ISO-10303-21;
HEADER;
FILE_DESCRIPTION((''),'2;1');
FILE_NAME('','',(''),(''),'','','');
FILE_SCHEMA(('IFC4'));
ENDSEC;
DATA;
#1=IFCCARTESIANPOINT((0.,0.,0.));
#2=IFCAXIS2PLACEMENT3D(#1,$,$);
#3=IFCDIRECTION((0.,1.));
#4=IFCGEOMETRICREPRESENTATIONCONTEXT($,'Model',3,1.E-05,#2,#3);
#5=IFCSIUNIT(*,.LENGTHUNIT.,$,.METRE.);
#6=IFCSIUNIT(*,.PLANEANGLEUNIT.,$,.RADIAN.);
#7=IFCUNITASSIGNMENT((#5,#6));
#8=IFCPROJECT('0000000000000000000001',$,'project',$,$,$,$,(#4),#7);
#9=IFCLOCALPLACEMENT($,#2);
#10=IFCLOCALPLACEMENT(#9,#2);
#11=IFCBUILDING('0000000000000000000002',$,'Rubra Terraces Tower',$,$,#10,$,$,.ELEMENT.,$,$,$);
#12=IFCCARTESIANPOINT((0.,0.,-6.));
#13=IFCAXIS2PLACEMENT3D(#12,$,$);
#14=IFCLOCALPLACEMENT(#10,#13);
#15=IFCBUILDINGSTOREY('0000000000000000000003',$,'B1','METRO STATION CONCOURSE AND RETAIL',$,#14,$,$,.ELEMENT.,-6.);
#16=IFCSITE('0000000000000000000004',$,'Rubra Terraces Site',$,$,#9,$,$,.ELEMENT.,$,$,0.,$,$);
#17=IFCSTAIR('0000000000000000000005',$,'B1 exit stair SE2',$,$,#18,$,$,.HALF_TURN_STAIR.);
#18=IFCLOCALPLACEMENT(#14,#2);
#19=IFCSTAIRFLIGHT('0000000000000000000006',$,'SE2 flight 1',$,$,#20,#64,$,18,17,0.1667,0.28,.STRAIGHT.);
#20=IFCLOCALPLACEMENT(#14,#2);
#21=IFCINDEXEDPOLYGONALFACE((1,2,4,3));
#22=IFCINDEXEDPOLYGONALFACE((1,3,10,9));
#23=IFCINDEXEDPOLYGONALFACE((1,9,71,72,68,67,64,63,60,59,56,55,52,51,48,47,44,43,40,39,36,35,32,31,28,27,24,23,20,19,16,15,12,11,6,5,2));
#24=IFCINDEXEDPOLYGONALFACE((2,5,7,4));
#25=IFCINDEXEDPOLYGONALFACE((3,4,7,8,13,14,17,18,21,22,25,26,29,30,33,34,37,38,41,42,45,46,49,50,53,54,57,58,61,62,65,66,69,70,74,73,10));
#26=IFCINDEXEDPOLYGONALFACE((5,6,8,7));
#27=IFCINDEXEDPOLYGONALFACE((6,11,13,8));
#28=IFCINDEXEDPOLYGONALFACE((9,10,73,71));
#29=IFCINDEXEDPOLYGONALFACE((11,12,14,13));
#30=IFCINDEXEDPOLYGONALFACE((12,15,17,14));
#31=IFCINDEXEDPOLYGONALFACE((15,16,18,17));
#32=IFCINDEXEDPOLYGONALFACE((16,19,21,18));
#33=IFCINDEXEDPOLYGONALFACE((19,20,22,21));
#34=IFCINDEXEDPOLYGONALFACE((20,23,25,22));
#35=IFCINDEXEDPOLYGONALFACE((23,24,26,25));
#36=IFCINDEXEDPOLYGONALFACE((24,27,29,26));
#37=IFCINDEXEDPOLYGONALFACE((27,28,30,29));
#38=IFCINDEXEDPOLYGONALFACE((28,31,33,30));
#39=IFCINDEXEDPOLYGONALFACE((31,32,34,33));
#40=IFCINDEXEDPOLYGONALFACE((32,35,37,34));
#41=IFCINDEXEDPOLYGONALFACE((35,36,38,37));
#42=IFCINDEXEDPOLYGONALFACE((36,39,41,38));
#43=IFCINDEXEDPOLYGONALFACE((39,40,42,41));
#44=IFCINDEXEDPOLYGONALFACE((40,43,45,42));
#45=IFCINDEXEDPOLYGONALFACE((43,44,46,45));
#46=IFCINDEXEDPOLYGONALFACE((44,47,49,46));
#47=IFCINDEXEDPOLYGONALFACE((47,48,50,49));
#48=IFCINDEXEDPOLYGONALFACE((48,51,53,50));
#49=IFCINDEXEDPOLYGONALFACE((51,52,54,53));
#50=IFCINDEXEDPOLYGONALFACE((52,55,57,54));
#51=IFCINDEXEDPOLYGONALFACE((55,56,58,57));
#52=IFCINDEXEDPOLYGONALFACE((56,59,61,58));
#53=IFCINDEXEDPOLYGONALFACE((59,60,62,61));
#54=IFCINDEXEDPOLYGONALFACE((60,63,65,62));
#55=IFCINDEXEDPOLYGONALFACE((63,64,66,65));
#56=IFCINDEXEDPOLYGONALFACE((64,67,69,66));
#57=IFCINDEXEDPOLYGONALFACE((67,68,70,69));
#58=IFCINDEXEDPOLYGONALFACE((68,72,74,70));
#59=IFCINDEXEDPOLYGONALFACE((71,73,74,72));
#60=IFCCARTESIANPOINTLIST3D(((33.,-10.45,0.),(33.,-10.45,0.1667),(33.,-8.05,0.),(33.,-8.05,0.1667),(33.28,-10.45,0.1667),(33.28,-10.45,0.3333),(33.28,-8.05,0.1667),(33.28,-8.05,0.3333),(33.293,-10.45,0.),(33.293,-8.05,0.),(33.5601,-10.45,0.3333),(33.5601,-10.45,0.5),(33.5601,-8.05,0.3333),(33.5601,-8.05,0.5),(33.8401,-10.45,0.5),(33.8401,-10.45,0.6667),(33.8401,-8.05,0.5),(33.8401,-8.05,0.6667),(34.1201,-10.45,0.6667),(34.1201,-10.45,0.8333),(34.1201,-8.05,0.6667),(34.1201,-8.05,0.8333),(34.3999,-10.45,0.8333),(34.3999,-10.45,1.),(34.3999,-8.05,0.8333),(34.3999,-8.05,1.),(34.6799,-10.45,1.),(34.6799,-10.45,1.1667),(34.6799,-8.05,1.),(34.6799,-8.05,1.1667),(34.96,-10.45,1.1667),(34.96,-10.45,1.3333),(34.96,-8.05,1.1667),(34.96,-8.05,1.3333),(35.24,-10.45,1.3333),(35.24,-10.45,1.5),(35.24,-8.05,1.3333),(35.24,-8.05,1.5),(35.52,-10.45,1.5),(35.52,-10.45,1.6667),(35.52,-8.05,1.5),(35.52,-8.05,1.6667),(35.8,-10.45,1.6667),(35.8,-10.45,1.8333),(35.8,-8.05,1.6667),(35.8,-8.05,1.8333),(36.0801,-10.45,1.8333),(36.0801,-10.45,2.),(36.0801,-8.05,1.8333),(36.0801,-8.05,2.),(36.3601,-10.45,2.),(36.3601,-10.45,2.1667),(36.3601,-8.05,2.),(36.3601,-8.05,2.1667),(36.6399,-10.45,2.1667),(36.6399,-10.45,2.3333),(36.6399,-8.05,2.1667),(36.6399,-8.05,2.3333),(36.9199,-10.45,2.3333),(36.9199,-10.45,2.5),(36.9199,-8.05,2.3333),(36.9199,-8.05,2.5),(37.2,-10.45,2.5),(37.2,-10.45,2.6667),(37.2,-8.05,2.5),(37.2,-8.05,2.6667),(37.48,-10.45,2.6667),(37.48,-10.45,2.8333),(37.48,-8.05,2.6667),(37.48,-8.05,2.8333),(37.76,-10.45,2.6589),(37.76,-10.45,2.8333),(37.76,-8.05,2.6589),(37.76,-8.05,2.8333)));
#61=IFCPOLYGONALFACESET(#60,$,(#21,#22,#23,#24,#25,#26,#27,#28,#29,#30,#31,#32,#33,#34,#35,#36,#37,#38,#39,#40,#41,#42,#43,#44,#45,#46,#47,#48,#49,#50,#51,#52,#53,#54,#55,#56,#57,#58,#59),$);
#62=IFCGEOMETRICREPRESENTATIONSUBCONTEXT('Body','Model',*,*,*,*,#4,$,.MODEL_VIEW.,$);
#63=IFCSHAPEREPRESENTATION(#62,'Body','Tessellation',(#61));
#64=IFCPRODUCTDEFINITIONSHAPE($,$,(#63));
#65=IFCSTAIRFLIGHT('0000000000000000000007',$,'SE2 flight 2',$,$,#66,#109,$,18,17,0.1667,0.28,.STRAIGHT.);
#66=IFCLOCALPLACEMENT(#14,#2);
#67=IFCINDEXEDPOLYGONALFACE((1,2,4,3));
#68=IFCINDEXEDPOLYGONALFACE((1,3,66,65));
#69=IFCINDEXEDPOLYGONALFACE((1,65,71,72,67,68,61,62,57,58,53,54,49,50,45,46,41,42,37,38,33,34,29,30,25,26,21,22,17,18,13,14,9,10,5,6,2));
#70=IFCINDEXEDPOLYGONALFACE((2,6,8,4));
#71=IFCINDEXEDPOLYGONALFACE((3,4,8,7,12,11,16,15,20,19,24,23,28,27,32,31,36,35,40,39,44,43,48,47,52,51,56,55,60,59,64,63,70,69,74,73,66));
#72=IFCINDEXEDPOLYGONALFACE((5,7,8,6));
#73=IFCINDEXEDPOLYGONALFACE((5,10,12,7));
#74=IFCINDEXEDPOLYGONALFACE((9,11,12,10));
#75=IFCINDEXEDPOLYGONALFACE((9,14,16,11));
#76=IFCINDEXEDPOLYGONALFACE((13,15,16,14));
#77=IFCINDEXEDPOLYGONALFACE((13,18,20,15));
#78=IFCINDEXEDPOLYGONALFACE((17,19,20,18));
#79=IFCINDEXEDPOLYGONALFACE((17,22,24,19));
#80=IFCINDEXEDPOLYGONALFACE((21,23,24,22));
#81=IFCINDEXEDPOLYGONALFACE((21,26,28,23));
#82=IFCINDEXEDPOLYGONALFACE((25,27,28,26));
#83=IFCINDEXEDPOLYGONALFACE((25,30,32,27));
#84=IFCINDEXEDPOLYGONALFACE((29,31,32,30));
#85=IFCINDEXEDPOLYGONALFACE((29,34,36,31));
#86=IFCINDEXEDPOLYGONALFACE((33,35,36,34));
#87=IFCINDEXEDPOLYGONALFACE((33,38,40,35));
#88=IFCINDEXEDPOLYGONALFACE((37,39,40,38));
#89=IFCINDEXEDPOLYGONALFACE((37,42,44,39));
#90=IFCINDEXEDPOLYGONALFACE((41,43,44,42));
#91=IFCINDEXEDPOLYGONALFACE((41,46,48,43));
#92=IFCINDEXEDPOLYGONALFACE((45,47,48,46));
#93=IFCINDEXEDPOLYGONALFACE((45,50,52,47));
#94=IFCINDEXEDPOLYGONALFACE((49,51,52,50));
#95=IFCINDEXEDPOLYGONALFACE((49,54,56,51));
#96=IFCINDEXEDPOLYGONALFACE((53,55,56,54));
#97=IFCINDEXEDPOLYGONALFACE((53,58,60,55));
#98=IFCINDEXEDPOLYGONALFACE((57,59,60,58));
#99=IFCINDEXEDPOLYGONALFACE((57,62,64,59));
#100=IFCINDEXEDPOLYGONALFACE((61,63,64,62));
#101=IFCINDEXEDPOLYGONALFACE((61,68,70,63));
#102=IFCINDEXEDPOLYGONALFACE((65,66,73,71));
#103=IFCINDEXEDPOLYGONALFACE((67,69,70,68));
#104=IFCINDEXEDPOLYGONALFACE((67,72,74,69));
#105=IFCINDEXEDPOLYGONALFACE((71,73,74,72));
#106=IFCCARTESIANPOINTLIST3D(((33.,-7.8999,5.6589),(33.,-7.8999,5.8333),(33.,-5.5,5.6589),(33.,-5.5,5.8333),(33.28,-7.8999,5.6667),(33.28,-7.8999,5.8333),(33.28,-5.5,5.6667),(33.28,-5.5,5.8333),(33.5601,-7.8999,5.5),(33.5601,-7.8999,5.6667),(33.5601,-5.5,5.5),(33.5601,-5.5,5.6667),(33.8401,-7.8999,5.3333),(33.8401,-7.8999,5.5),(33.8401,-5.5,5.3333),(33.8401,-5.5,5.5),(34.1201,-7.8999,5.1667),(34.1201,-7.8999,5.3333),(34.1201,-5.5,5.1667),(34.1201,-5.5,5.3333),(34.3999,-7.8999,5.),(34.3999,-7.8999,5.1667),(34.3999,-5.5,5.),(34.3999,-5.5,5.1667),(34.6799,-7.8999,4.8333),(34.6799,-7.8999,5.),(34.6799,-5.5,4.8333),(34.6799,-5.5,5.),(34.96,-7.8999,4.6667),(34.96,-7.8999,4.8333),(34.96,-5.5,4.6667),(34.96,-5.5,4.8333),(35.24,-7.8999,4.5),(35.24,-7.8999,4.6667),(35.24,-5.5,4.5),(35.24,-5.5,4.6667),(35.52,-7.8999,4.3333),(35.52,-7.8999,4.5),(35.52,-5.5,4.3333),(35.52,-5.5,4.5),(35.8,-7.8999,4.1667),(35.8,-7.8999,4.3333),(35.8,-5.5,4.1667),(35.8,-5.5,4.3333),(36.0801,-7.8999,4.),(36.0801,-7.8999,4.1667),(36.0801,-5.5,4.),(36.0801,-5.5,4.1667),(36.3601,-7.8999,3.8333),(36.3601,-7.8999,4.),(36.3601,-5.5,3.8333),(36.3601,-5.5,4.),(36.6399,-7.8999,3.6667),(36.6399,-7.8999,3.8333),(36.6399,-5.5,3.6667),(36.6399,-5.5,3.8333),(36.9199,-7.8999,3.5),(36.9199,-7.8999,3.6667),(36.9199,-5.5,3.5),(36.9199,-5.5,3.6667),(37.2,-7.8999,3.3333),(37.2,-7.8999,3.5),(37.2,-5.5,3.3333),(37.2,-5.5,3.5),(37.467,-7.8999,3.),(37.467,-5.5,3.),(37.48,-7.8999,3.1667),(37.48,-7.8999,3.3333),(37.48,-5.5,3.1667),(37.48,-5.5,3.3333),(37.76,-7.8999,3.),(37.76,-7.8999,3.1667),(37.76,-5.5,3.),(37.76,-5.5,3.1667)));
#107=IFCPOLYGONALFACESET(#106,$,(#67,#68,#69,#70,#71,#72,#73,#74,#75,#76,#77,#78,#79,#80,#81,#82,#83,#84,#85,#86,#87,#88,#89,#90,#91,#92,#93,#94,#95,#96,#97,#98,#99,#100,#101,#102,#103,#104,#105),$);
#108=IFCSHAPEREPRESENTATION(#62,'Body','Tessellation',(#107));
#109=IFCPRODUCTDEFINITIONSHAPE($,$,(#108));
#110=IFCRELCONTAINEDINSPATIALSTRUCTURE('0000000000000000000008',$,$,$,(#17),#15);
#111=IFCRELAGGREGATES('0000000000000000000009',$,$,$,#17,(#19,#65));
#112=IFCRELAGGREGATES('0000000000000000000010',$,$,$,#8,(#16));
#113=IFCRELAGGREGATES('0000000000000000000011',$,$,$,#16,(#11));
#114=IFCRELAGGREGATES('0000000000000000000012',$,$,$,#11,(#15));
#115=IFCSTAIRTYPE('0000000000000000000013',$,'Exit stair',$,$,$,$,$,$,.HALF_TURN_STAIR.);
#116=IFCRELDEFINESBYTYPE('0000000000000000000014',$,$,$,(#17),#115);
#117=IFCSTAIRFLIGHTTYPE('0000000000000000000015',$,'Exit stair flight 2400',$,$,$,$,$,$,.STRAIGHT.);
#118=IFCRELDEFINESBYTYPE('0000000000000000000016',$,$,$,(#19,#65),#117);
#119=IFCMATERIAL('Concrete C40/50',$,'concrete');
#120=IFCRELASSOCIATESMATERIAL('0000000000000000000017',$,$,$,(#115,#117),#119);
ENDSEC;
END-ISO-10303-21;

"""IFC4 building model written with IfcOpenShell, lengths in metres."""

from ifc_helpers import new_model, si_unit, direction, frame, origin, place, context, subcontext, project, spatial, polyline, outline, extrude, material, type_object, element, aggregate, save


model = new_model("IFC4")

# Units and contexts
model_context = context("Model", 3, precision=1e-05, world=origin(), true_north=direction((0.0, 1.0)))
body_context = subcontext(model_context, "Body", "Model", "MODEL_VIEW")
ifc_project = project(units=[si_unit("LENGTHUNIT", "METRE"), si_unit("PLANEANGLEUNIT", "RADIAN")], contexts=[model_context])

# Site, building, storey
site_placement = place(None, origin())
site = spatial("IfcSite", under=ifc_project, at=site_placement, Name="Rubra Terraces Site", CompositionType="ELEMENT", RefElevation=0.0)
building_placement = place(site_placement, origin())
building = spatial("IfcBuilding", under=site, at=building_placement, Name="Rubra Terraces Tower", CompositionType="ELEMENT")
storey_placement = place(building_placement, frame((0.0, 0.0, -6.0)))
storey = spatial("IfcBuildingStorey", under=building, at=storey_placement, Name="B1", Description="METRO STATION CONCOURSE AND RETAIL", CompositionType="ELEMENT", Elevation=-6.0)

# Shared definitions
ifc_material_1 = material(Name="Concrete C40/50", Category="concrete")

# Stair, stair flights
stair_type = type_object("IfcStairType", Name="Exit stair", PredefinedType="HALF_TURN_STAIR", material=ifc_material_1)
stair_placement = place(storey_placement, origin())
stair = element("IfcStair", 1, at=stair_placement, inside=storey, type_object=stair_type, Name="B1 exit stair SE2", PredefinedType="HALF_TURN_STAIR")
stair_flight_type = type_object("IfcStairFlightType", Name="Exit stair flight 2400", PredefinedType="STRAIGHT", material=ifc_material_1)
stair_flight_1_placement = place(storey_placement, frame((33.0, -9.25, 0.0), z_axis=(0.0, 0.0, 1.0), x_axis=(1.0, 0.0, 0.0)))
stair_flight_1 = element("IfcStairFlight", 2, at=stair_flight_1_placement, type_object=stair_flight_type, Name="SE2 flight 1", NumberOfRisers=18, NumberOfTreads=17, PredefinedType="STRAIGHT", RiserHeight=0.1667, TreadLength=0.28, context=body_context, shape_type="SweptSolid", body=[
    extrude(outline(polyline([(0.0, 0.0), (0.0, 0.1667), (0.28, 0.1667), (0.28, 0.3333), (0.5601, 0.3333), (0.5601, 0.5), (0.8401, 0.5), (0.8401, 0.6667), (1.1201, 0.6667), (1.1201, 0.8333), (1.3999, 0.8333), (1.3999, 1.0), (1.6799, 1.0), (1.6799, 1.1667), (1.96, 1.1667), (1.96, 1.3333), (2.24, 1.3333), (2.24, 1.5), (2.52, 1.5), (2.52, 1.6667), (2.8, 1.6667), (2.8, 1.8333), (3.0801, 1.8333), (3.0801, 2.0), (3.3601, 2.0), (3.3601, 2.1667), (3.6399, 2.1667), (3.6399, 2.3333), (3.9199, 2.3333), (3.9199, 2.5), (4.2, 2.5), (4.2, 2.6667), (4.48, 2.6667), (4.48, 2.8333), (4.76, 2.8333), (4.76, 3.0), (4.76, 2.6589), (0.293, 0.0), (0.0, 0.0)])), frame((0.0, 1.2, 0.0), z_axis=(0.0, -1.0, 0.0), x_axis=(1.0, 0.0, 0.0)), (0.0, 0.0, 1.0), 2.3999),
])
stair_flight_2_placement = place(storey_placement, frame((37.76, -6.7, 3.0), z_axis=(0.0, 0.0, 1.0), x_axis=(-1.0, 0.0, 0.0)))
stair_flight_2 = element("IfcStairFlight", 3, at=stair_flight_2_placement, type_object=stair_flight_type, Name="SE2 flight 2", NumberOfRisers=18, NumberOfTreads=17, PredefinedType="STRAIGHT", RiserHeight=0.1667, TreadLength=0.28, context=body_context, shape_type="SweptSolid", body=[
    extrude(outline(polyline([(0.0, 0.0), (0.0, 0.1667), (0.28, 0.1667), (0.28, 0.3333), (0.5601, 0.3333), (0.5601, 0.5), (0.8401, 0.5), (0.8401, 0.6667), (1.1201, 0.6667), (1.1201, 0.8333), (1.3999, 0.8333), (1.3999, 1.0), (1.6799, 1.0), (1.6799, 1.1667), (1.96, 1.1667), (1.96, 1.3333), (2.24, 1.3333), (2.24, 1.5), (2.52, 1.5), (2.52, 1.6667), (2.8, 1.6667), (2.8, 1.8333), (3.0801, 1.8333), (3.0801, 2.0), (3.3601, 2.0), (3.3601, 2.1667), (3.6399, 2.1667), (3.6399, 2.3333), (3.9199, 2.3333), (3.9199, 2.5), (4.2, 2.5), (4.2, 2.6667), (4.48, 2.6667), (4.48, 2.8333), (4.76, 2.8333), (4.76, 3.0), (4.76, 2.6589), (0.293, 0.0), (0.0, 0.0)])), frame((0.0, 1.2, 0.0), z_axis=(0.0, -1.0, 0.0), x_axis=(1.0, 0.0, 0.0)), (0.0, 0.0, 1.0), 2.3999),
])
aggregate(stair, [stair_flight_1, stair_flight_2])

save(model, "model.ifc")
